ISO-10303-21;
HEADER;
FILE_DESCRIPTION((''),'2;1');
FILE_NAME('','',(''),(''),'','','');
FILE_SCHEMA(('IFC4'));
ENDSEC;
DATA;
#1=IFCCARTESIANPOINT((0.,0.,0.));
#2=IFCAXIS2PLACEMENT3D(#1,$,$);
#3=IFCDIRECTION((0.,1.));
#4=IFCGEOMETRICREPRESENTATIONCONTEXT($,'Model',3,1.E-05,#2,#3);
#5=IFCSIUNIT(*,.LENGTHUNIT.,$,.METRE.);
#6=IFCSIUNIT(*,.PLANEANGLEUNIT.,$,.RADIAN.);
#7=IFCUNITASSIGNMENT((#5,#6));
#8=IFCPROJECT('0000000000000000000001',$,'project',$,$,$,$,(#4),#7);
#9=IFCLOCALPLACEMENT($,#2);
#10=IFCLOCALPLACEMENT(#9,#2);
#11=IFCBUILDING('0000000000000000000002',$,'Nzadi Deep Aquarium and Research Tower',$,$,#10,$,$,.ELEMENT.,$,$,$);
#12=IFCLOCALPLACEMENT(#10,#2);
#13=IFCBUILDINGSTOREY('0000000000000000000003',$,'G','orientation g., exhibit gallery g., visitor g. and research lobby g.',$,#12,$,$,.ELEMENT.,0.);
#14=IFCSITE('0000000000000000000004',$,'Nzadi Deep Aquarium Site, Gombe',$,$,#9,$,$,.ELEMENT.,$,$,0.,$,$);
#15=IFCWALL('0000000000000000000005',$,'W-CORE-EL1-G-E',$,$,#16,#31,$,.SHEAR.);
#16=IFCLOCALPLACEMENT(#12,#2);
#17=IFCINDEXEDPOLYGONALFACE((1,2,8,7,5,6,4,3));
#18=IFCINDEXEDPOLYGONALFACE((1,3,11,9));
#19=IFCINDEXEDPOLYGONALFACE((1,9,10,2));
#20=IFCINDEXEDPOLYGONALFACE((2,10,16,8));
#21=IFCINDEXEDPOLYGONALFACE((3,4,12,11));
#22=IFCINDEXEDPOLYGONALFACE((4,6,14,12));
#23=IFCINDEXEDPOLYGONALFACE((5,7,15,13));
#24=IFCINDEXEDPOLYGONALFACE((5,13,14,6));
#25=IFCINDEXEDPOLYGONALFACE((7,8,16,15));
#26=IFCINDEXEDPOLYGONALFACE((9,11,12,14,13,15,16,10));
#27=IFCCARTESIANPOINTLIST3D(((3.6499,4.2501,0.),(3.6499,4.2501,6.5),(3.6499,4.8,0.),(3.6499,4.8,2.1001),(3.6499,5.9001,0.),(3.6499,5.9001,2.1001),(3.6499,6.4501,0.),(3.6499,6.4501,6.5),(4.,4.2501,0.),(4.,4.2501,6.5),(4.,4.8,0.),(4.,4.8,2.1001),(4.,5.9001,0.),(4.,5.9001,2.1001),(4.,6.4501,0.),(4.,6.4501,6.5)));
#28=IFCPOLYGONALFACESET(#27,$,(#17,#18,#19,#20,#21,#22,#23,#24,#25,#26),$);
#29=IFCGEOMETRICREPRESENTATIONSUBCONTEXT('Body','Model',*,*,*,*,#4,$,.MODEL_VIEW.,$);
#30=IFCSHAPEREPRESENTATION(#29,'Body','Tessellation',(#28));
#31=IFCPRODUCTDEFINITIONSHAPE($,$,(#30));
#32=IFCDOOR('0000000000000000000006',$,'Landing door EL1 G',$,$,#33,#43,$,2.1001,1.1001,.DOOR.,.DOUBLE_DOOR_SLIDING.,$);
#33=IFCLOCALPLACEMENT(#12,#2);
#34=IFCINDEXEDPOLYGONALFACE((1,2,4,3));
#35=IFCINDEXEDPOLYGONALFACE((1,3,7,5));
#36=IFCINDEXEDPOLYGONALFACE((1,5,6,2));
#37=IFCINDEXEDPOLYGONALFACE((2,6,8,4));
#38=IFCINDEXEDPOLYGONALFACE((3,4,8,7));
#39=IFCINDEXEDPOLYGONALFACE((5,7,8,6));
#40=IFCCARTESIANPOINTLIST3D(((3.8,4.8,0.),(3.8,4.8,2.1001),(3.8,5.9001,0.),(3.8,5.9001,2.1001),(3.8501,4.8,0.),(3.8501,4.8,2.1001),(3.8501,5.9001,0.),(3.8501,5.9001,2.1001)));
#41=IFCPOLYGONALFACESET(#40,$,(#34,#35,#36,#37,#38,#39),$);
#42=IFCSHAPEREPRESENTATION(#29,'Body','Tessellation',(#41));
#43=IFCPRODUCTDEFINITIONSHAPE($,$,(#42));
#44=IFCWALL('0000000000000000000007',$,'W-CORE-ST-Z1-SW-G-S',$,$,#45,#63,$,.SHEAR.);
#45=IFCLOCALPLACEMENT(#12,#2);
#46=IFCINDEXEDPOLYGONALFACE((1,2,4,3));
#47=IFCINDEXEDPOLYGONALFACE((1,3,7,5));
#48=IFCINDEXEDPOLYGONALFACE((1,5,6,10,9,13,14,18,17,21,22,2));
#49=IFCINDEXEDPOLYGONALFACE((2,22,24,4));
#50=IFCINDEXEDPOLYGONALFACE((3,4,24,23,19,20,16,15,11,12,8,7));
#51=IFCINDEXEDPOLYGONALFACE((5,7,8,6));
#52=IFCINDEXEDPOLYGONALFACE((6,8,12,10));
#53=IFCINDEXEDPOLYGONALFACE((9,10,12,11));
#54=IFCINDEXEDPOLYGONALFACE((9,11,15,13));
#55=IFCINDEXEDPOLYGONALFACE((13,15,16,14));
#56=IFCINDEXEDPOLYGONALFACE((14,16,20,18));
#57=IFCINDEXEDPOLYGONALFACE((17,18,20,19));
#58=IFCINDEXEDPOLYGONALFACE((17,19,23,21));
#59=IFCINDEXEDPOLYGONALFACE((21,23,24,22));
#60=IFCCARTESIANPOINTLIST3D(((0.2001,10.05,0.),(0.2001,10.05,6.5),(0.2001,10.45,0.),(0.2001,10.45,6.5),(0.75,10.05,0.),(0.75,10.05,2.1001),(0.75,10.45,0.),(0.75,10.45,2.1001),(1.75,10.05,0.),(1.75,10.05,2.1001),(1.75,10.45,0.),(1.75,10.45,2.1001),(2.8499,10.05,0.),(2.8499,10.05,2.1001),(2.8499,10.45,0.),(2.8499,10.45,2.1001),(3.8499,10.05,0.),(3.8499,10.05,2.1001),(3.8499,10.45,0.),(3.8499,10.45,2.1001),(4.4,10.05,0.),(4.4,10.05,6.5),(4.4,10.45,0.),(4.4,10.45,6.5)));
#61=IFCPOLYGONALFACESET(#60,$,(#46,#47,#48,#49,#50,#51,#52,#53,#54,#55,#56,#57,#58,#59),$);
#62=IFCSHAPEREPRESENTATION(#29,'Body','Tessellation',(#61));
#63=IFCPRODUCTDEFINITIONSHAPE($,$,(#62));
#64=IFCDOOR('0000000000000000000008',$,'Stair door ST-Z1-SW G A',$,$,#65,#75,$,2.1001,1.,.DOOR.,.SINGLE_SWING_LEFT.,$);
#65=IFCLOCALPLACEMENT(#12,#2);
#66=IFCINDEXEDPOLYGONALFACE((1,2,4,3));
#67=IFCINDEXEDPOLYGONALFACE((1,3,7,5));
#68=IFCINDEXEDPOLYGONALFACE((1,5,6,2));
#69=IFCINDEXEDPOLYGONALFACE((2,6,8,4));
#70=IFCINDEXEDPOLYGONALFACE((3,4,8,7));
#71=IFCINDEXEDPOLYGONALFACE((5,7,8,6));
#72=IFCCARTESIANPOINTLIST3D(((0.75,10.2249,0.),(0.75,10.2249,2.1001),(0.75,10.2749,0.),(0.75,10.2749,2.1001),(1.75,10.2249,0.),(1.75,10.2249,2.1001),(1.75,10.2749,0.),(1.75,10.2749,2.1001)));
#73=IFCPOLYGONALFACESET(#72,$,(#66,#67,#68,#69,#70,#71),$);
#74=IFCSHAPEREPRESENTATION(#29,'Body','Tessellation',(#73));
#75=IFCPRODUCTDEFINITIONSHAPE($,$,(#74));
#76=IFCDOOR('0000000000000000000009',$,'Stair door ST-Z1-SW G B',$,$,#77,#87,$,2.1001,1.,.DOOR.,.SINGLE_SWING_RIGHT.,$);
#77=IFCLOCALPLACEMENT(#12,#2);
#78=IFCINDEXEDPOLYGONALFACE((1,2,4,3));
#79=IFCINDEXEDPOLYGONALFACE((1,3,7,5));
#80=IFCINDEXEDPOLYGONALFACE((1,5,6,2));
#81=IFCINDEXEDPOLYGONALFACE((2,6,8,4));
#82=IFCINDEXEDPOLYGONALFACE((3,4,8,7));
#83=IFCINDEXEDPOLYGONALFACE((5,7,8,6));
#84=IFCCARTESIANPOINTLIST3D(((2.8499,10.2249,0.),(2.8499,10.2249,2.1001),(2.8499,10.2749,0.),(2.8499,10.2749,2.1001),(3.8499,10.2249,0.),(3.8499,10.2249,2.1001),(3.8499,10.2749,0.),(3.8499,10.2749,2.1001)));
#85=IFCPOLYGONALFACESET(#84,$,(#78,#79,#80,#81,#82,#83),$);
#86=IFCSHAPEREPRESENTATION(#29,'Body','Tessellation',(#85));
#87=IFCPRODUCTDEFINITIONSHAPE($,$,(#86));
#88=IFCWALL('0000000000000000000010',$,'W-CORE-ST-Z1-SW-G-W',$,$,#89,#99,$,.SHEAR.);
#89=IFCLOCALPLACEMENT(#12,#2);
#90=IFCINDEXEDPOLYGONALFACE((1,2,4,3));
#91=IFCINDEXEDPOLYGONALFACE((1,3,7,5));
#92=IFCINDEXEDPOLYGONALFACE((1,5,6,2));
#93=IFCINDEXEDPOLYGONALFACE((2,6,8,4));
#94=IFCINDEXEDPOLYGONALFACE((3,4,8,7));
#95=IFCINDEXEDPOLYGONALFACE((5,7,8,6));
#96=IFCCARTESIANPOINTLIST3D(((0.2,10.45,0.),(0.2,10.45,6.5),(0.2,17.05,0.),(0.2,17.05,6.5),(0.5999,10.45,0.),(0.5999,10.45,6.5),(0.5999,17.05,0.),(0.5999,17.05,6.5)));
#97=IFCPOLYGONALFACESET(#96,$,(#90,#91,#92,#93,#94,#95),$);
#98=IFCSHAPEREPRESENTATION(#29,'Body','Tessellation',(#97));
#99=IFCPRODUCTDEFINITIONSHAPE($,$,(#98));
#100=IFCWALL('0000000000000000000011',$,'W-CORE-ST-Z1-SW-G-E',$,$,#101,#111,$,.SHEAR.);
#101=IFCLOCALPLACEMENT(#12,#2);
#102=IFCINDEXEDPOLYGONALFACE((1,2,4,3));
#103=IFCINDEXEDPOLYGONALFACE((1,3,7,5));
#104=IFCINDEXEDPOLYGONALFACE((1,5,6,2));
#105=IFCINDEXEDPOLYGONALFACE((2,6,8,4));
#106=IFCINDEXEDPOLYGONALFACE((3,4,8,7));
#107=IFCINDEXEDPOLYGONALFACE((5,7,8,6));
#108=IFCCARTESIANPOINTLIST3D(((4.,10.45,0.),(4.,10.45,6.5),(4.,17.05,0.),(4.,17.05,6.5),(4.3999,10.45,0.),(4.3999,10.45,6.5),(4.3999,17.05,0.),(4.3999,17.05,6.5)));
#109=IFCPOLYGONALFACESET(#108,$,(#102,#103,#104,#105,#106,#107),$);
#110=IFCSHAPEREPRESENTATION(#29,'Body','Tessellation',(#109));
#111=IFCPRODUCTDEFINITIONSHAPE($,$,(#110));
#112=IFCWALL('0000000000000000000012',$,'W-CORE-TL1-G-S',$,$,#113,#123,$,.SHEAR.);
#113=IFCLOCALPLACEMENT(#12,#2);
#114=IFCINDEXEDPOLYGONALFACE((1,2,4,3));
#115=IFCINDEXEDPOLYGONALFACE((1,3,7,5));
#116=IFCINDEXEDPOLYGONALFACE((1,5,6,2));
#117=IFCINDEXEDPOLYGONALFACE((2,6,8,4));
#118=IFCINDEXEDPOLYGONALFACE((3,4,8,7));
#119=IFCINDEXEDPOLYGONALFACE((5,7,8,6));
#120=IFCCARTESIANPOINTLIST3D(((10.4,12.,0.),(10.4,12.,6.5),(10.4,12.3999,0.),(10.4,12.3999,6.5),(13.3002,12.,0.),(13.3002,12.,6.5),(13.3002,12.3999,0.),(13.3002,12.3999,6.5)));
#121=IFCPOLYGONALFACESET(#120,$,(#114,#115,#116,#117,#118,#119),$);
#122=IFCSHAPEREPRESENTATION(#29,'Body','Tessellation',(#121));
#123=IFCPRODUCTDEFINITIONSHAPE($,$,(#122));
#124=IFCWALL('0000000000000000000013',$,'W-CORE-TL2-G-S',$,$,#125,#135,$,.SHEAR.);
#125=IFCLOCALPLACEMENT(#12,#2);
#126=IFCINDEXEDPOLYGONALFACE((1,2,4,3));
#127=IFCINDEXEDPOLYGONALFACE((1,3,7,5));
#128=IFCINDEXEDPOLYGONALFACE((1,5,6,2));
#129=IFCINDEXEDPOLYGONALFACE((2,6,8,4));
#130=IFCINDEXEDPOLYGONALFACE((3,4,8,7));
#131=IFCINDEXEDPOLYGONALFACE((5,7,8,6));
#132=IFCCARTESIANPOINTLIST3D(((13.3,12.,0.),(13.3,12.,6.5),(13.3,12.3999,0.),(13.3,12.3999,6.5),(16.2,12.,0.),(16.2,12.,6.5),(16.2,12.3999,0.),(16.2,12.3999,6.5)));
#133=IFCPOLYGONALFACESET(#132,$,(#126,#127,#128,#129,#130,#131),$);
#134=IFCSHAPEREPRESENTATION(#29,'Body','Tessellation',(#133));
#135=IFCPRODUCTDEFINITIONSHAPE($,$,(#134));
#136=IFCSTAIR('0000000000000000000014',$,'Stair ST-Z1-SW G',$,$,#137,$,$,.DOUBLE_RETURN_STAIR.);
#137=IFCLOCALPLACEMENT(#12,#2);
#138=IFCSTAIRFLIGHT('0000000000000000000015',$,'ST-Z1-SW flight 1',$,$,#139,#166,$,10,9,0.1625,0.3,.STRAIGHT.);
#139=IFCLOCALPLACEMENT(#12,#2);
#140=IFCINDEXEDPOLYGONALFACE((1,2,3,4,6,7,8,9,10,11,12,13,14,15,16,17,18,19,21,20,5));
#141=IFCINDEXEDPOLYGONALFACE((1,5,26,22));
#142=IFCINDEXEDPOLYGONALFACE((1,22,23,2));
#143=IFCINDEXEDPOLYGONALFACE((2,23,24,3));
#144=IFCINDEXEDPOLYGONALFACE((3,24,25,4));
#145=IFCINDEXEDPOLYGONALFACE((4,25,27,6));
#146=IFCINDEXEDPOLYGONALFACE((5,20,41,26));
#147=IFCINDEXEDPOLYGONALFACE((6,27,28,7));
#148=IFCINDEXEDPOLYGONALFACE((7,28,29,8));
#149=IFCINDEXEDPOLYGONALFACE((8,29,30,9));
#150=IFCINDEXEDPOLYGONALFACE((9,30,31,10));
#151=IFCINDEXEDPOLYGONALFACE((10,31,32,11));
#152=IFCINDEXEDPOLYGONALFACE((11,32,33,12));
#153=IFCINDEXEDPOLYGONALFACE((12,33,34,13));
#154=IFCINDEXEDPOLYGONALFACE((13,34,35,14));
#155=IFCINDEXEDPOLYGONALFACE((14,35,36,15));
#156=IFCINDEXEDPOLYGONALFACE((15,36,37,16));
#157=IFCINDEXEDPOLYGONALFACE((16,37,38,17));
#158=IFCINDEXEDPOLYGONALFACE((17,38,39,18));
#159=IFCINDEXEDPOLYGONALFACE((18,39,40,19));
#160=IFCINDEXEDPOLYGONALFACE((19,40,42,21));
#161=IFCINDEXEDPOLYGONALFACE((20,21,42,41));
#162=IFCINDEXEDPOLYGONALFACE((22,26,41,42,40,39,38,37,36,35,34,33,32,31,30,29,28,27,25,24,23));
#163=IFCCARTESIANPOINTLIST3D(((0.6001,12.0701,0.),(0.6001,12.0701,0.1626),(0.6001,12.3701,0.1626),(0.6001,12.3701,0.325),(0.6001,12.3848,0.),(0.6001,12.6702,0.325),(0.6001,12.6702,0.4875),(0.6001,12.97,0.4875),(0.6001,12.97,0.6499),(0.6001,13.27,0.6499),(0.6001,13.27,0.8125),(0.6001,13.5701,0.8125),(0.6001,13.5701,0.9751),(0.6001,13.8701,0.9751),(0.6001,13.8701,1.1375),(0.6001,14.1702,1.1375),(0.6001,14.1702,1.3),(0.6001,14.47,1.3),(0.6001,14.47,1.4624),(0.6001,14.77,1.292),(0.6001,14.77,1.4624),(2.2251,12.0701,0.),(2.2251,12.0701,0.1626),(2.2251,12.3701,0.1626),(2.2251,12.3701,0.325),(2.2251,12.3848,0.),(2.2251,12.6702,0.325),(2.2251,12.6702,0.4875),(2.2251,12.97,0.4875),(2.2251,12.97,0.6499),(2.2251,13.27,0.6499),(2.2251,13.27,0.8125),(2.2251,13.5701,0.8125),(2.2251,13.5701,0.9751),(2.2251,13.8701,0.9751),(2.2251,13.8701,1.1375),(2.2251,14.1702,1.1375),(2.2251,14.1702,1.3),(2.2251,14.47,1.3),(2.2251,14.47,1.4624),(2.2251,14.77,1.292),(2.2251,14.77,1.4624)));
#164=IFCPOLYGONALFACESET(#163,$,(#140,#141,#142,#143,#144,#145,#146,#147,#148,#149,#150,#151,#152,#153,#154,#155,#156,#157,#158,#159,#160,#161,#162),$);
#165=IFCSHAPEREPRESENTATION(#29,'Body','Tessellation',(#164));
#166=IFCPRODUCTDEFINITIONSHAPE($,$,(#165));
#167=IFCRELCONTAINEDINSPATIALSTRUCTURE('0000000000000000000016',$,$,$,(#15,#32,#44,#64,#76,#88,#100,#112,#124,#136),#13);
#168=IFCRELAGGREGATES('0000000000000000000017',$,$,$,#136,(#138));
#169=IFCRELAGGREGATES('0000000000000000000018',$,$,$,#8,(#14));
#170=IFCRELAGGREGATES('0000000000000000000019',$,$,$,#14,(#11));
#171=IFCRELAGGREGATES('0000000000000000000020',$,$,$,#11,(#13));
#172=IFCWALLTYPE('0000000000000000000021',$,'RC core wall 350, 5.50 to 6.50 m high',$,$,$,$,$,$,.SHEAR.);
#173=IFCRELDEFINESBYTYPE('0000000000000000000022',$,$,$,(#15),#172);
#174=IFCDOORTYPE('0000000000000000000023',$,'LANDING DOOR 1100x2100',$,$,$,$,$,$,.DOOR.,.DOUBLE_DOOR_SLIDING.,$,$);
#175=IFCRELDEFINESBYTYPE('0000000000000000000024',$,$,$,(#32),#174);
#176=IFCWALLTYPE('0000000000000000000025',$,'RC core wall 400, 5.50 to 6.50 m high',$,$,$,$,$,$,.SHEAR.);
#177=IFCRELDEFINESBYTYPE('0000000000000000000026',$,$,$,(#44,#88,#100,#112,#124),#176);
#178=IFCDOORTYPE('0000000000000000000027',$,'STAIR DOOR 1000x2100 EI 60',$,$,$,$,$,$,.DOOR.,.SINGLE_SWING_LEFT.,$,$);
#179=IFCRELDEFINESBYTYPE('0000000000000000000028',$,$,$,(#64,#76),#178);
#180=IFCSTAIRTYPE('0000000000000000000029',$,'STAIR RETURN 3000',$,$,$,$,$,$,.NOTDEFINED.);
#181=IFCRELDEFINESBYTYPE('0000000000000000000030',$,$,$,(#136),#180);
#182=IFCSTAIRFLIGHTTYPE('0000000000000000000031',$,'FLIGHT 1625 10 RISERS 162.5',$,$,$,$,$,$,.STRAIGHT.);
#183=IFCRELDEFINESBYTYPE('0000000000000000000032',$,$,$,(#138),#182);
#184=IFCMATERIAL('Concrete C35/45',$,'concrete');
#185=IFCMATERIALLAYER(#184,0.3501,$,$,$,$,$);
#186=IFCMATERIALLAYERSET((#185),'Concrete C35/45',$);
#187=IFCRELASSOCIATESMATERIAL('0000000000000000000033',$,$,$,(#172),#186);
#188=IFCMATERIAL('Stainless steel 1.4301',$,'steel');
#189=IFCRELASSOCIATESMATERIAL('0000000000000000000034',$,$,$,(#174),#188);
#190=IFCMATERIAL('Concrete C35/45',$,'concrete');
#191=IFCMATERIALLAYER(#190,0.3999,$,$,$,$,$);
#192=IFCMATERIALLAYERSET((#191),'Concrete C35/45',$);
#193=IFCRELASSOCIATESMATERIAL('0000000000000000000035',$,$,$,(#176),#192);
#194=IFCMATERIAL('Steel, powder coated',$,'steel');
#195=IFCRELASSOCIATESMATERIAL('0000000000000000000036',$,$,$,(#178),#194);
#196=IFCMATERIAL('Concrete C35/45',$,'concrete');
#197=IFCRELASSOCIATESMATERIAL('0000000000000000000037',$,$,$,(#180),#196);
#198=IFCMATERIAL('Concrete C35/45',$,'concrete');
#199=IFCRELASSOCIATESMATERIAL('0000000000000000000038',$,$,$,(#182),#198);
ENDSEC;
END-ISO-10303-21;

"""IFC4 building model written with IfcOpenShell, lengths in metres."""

from ifc_helpers import new_model, si_unit, direction, frame, frame_2d, origin, place, context, subcontext, project, spatial, polyline, rectangle, outline, extrude, material, layer, layer_set, type_object, element, fill, aggregate, save


model = new_model("IFC4")

# Units and contexts
model_context = context("Model", 3, precision=1e-05, world=origin(), true_north=direction((0.0, 1.0)))
body_context = subcontext(model_context, "Body", "Model", "MODEL_VIEW")
ifc_project = project(units=[si_unit("LENGTHUNIT", "METRE"), si_unit("PLANEANGLEUNIT", "RADIAN")], contexts=[model_context])

# Site, building, storey
site_placement = place(None, origin())
site = spatial("IfcSite", under=ifc_project, at=site_placement, Name="Nzadi Deep Aquarium Site, Gombe", CompositionType="ELEMENT", RefElevation=0.0)
building_placement = place(site_placement, origin())
building = spatial("IfcBuilding", under=site, at=building_placement, Name="Nzadi Deep Aquarium and Research Tower", CompositionType="ELEMENT")
storey_placement = place(building_placement, origin())
storey = spatial("IfcBuildingStorey", under=building, at=storey_placement, Name="G", Description="orientation g., exhibit gallery g., visitor g. and research lobby g.", CompositionType="ELEMENT", Elevation=0.0)

# Shared definitions
ifc_material_1 = material(Name="Concrete C35/45", Category="concrete")
ifc_layer_1 = layer(ifc_material_1, 0.3501)
ifc_layer_set_1 = layer_set([ifc_layer_1], Name="Concrete C35/45")
wall_type_1 = type_object("IfcWallType", Name="RC core wall 350, 5.50 to 6.50 m high", PredefinedType="SHEAR", material=ifc_layer_set_1)

# Wall, opening, door
wall_1_placement = place(storey_placement, frame((3.825, 4.25, 0.0), z_axis=(0.0, 0.0, 1.0), x_axis=(0.0, 1.0, 0.0)))
wall_1 = element("IfcWall", 1, at=wall_1_placement, inside=storey, type_object=wall_type_1, Name="W-CORE-EL1-G-E", PredefinedType="SHEAR", context=body_context, shape_type="SweptSolid", body=[
    extrude(rectangle(XDim=2.2, YDim=0.3501, at=frame_2d((1.1001, 0.0))), origin(), (0.0, 0.0, 1.0), 6.5),
])
opening_1_placement = place(wall_1_placement, frame((0.55, 0.0, 0.0)))
opening_1 = element("IfcOpeningElement", 2, at=opening_1_placement, cuts=wall_1, PredefinedType="OPENING", context=body_context, shape_type="SweptSolid", body=[
    extrude(rectangle(XDim=1.1001, YDim=2.1001, at=frame_2d((0.55, 1.05))), frame((0.0, 0.1851, 0.0), z_axis=(0.0, -1.0, 0.0), x_axis=(1.0, 0.0, 0.0)), (0.0, 0.0, 1.0), 0.3701),
])
ifc_material_2 = material(Name="Stainless steel 1.4301", Category="steel")
door_type_1 = type_object("IfcDoorType", Name="LANDING DOOR 1100x2100", OperationType="DOUBLE_DOOR_SLIDING", PredefinedType="DOOR", material=ifc_material_2)
door_1_placement = place(opening_1_placement, origin())
door_1 = element("IfcDoor", 3, at=door_1_placement, inside=storey, type_object=door_type_1, Name="Landing door EL1 G", OperationType="DOUBLE_DOOR_SLIDING", OverallHeight=2.1001, OverallWidth=1.1001, PredefinedType="DOOR", context=body_context, shape_type="SweptSolid", body=[
    extrude(rectangle(XDim=1.1001, YDim=2.1001, at=frame_2d((0.55, 1.05))), frame((0.0, 0.0249, 0.0), z_axis=(0.0, -1.0, 0.0), x_axis=(1.0, 0.0, 0.0)), (0.0, 0.0, 1.0), 0.05),
])
fill(opening_1, door_1)

# Wall, openings, doors
ifc_material_3 = material(Name="Concrete C35/45", Category="concrete")
ifc_layer_2 = layer(ifc_material_3, 0.3999)
ifc_layer_set_2 = layer_set([ifc_layer_2], Name="Concrete C35/45")
wall_type_2 = type_object("IfcWallType", Name="RC core wall 400, 5.50 to 6.50 m high", PredefinedType="SHEAR", material=ifc_layer_set_2)
wall_2_placement = place(storey_placement, frame((0.2, 10.25, 0.0), z_axis=(0.0, 0.0, 1.0), x_axis=(1.0, 0.0, 0.0)))
wall_2 = element("IfcWall", 4, at=wall_2_placement, inside=storey, type_object=wall_type_2, Name="W-CORE-ST-Z1-SW-G-S", PredefinedType="SHEAR", context=body_context, shape_type="SweptSolid", body=[
    extrude(rectangle(XDim=4.2, YDim=0.3999, at=frame_2d((2.1001, 0.0))), origin(), (0.0, 0.0, 1.0), 6.5),
])
opening_2_placement = place(wall_2_placement, frame((0.55, 0.0, 0.0)))
opening_2 = element("IfcOpeningElement", 5, at=opening_2_placement, cuts=wall_2, PredefinedType="OPENING", context=body_context, shape_type="SweptSolid", body=[
    extrude(rectangle(XDim=1.0, YDim=2.1001, at=frame_2d((0.5, 1.05))), frame((0.0, 0.21, 0.0), z_axis=(0.0, -1.0, 0.0), x_axis=(1.0, 0.0, 0.0)), (0.0, 0.0, 1.0), 0.4199),
])
opening_3_placement = place(wall_2_placement, frame((2.6499, 0.0, 0.0)))
opening_3 = element("IfcOpeningElement", 6, at=opening_3_placement, cuts=wall_2, PredefinedType="OPENING", context=body_context, shape_type="SweptSolid", body=[
    extrude(rectangle(XDim=1.0, YDim=2.1001, at=frame_2d((0.5, 1.05))), frame((0.0, 0.21, 0.0), z_axis=(0.0, -1.0, 0.0), x_axis=(1.0, 0.0, 0.0)), (0.0, 0.0, 1.0), 0.4199),
])
ifc_material_4 = material(Name="Steel, powder coated", Category="steel")
door_type_2 = type_object("IfcDoorType", Name="STAIR DOOR 1000x2100 EI 60", OperationType="SINGLE_SWING_LEFT", PredefinedType="DOOR", material=ifc_material_4)
door_2_placement = place(opening_2_placement, origin())
door_2 = element("IfcDoor", 7, at=door_2_placement, inside=storey, type_object=door_type_2, Name="Stair door ST-Z1-SW G A", OperationType="SINGLE_SWING_LEFT", OverallHeight=2.1001, OverallWidth=1.0, PredefinedType="DOOR", context=body_context, shape_type="SweptSolid", body=[
    extrude(rectangle(XDim=1.0, YDim=2.1001, at=frame_2d((0.5, 1.05))), frame((0.0, 0.0249, 0.0), z_axis=(0.0, -1.0, 0.0), x_axis=(1.0, 0.0, 0.0)), (0.0, 0.0, 1.0), 0.05),
])
fill(opening_2, door_2)
door_3_placement = place(opening_3_placement, origin())
door_3 = element("IfcDoor", 8, at=door_3_placement, inside=storey, type_object=door_type_2, Name="Stair door ST-Z1-SW G B", OperationType="SINGLE_SWING_RIGHT", OverallHeight=2.1001, OverallWidth=1.0, PredefinedType="DOOR", context=body_context, shape_type="SweptSolid", body=[
    extrude(rectangle(XDim=1.0, YDim=2.1001, at=frame_2d((0.5, 1.05))), frame((0.0, 0.0249, 0.0), z_axis=(0.0, -1.0, 0.0), x_axis=(1.0, 0.0, 0.0)), (0.0, 0.0, 1.0), 0.05),
])
fill(opening_3, door_3)

# Walls
for number, where, z_axis, x_axis, name in (
    (9, (0.3999, 10.45, 0.0), (0.0, 0.0, 1.0), (0.0, 1.0, 0.0), "W-CORE-ST-Z1-SW-G-W"),
    (10, (4.2, 10.45, 0.0), (0.0, 0.0, 1.0), (0.0, 1.0, 0.0), "W-CORE-ST-Z1-SW-G-E"),
):
    element("IfcWall", number, at=place(storey_placement, frame(where, z_axis=z_axis, x_axis=x_axis)), inside=storey, type_object=wall_type_2, Name=name, PredefinedType="SHEAR", context=body_context, shape_type="SweptSolid", body=[
        extrude(rectangle(XDim=6.6001, YDim=0.3999, at=frame_2d((3.3, 0.0))), origin(), (0.0, 0.0, 1.0), 6.5),
    ])
wall_3_placement = place(storey_placement, frame((10.3999, 12.2, 0.0), z_axis=(0.0, 0.0, 1.0), x_axis=(1.0, 0.0, 0.0)))
element("IfcWall", 11, at=wall_3_placement, inside=storey, type_object=wall_type_2, Name="W-CORE-TL1-G-S", PredefinedType="SHEAR", context=body_context, shape_type="SweptSolid", body=[
    extrude(rectangle(XDim=2.9001, YDim=0.3999, at=frame_2d((1.4502, 0.0))), origin(), (0.0, 0.0, 1.0), 6.5),
])
wall_4_placement = place(storey_placement, frame((13.3, 12.2, 0.0), z_axis=(0.0, 0.0, 1.0), x_axis=(1.0, 0.0, 0.0)))
element("IfcWall", 12, at=wall_4_placement, inside=storey, type_object=wall_type_2, Name="W-CORE-TL2-G-S", PredefinedType="SHEAR", context=body_context, shape_type="SweptSolid", body=[
    extrude(rectangle(XDim=2.8999, YDim=0.3999, at=frame_2d((1.45, 0.0))), origin(), (0.0, 0.0, 1.0), 6.5),
])

# Stair, stair flight
ifc_material_5 = material(Name="Concrete C35/45", Category="concrete")
stair_type = type_object("IfcStairType", Name="STAIR RETURN 3000", PredefinedType="NOTDEFINED", material=ifc_material_5)
stair_placement = place(storey_placement, origin())
stair = element("IfcStair", 13, at=stair_placement, inside=storey, type_object=stair_type, Name="Stair ST-Z1-SW G", PredefinedType="DOUBLE_RETURN_STAIR")
ifc_material_6 = material(Name="Concrete C35/45", Category="concrete")
stair_flight_type = type_object("IfcStairFlightType", Name="FLIGHT 1625 10 RISERS 162.5", PredefinedType="STRAIGHT", material=ifc_material_6)
stair_flight_1_placement = place(storey_placement, frame((1.4126, 12.0701, 0.0), z_axis=(0.0, 0.0, 1.0), x_axis=(0.0, 1.0, 0.0)))
stair_flight_1 = element("IfcStairFlight", 14, at=stair_flight_1_placement, type_object=stair_flight_type, Name="ST-Z1-SW flight 1", NumberOfRisers=10, NumberOfTreads=9, PredefinedType="STRAIGHT", RiserHeight=0.1625, TreadLength=0.3, context=body_context, shape_type="SweptSolid", body=[
    extrude(outline(polyline([(0.0, 0.0), (0.0, 0.1626), (0.3, 0.1626), (0.3, 0.325), (0.6001, 0.325), (0.6001, 0.4875), (0.8999, 0.4875), (0.8999, 0.6499), (1.2, 0.6499), (1.2, 0.8125), (1.5, 0.8125), (1.5, 0.9751), (1.8, 0.9751), (1.8, 1.1375), (2.1001, 1.1375), (2.1001, 1.3), (2.3999, 1.3), (2.3999, 1.4624), (2.7, 1.4624), (2.7, 1.625), (2.7, 1.292), (0.3147, 0.0), (0.0, 0.0)])), frame((0.0, 0.8125, 0.0), z_axis=(0.0, -1.0, 0.0), x_axis=(1.0, 0.0, 0.0)), (0.0, 0.0, 1.0), 1.625),
])
aggregate(stair, [stair_flight_1])

save(model, "model.ifc")
